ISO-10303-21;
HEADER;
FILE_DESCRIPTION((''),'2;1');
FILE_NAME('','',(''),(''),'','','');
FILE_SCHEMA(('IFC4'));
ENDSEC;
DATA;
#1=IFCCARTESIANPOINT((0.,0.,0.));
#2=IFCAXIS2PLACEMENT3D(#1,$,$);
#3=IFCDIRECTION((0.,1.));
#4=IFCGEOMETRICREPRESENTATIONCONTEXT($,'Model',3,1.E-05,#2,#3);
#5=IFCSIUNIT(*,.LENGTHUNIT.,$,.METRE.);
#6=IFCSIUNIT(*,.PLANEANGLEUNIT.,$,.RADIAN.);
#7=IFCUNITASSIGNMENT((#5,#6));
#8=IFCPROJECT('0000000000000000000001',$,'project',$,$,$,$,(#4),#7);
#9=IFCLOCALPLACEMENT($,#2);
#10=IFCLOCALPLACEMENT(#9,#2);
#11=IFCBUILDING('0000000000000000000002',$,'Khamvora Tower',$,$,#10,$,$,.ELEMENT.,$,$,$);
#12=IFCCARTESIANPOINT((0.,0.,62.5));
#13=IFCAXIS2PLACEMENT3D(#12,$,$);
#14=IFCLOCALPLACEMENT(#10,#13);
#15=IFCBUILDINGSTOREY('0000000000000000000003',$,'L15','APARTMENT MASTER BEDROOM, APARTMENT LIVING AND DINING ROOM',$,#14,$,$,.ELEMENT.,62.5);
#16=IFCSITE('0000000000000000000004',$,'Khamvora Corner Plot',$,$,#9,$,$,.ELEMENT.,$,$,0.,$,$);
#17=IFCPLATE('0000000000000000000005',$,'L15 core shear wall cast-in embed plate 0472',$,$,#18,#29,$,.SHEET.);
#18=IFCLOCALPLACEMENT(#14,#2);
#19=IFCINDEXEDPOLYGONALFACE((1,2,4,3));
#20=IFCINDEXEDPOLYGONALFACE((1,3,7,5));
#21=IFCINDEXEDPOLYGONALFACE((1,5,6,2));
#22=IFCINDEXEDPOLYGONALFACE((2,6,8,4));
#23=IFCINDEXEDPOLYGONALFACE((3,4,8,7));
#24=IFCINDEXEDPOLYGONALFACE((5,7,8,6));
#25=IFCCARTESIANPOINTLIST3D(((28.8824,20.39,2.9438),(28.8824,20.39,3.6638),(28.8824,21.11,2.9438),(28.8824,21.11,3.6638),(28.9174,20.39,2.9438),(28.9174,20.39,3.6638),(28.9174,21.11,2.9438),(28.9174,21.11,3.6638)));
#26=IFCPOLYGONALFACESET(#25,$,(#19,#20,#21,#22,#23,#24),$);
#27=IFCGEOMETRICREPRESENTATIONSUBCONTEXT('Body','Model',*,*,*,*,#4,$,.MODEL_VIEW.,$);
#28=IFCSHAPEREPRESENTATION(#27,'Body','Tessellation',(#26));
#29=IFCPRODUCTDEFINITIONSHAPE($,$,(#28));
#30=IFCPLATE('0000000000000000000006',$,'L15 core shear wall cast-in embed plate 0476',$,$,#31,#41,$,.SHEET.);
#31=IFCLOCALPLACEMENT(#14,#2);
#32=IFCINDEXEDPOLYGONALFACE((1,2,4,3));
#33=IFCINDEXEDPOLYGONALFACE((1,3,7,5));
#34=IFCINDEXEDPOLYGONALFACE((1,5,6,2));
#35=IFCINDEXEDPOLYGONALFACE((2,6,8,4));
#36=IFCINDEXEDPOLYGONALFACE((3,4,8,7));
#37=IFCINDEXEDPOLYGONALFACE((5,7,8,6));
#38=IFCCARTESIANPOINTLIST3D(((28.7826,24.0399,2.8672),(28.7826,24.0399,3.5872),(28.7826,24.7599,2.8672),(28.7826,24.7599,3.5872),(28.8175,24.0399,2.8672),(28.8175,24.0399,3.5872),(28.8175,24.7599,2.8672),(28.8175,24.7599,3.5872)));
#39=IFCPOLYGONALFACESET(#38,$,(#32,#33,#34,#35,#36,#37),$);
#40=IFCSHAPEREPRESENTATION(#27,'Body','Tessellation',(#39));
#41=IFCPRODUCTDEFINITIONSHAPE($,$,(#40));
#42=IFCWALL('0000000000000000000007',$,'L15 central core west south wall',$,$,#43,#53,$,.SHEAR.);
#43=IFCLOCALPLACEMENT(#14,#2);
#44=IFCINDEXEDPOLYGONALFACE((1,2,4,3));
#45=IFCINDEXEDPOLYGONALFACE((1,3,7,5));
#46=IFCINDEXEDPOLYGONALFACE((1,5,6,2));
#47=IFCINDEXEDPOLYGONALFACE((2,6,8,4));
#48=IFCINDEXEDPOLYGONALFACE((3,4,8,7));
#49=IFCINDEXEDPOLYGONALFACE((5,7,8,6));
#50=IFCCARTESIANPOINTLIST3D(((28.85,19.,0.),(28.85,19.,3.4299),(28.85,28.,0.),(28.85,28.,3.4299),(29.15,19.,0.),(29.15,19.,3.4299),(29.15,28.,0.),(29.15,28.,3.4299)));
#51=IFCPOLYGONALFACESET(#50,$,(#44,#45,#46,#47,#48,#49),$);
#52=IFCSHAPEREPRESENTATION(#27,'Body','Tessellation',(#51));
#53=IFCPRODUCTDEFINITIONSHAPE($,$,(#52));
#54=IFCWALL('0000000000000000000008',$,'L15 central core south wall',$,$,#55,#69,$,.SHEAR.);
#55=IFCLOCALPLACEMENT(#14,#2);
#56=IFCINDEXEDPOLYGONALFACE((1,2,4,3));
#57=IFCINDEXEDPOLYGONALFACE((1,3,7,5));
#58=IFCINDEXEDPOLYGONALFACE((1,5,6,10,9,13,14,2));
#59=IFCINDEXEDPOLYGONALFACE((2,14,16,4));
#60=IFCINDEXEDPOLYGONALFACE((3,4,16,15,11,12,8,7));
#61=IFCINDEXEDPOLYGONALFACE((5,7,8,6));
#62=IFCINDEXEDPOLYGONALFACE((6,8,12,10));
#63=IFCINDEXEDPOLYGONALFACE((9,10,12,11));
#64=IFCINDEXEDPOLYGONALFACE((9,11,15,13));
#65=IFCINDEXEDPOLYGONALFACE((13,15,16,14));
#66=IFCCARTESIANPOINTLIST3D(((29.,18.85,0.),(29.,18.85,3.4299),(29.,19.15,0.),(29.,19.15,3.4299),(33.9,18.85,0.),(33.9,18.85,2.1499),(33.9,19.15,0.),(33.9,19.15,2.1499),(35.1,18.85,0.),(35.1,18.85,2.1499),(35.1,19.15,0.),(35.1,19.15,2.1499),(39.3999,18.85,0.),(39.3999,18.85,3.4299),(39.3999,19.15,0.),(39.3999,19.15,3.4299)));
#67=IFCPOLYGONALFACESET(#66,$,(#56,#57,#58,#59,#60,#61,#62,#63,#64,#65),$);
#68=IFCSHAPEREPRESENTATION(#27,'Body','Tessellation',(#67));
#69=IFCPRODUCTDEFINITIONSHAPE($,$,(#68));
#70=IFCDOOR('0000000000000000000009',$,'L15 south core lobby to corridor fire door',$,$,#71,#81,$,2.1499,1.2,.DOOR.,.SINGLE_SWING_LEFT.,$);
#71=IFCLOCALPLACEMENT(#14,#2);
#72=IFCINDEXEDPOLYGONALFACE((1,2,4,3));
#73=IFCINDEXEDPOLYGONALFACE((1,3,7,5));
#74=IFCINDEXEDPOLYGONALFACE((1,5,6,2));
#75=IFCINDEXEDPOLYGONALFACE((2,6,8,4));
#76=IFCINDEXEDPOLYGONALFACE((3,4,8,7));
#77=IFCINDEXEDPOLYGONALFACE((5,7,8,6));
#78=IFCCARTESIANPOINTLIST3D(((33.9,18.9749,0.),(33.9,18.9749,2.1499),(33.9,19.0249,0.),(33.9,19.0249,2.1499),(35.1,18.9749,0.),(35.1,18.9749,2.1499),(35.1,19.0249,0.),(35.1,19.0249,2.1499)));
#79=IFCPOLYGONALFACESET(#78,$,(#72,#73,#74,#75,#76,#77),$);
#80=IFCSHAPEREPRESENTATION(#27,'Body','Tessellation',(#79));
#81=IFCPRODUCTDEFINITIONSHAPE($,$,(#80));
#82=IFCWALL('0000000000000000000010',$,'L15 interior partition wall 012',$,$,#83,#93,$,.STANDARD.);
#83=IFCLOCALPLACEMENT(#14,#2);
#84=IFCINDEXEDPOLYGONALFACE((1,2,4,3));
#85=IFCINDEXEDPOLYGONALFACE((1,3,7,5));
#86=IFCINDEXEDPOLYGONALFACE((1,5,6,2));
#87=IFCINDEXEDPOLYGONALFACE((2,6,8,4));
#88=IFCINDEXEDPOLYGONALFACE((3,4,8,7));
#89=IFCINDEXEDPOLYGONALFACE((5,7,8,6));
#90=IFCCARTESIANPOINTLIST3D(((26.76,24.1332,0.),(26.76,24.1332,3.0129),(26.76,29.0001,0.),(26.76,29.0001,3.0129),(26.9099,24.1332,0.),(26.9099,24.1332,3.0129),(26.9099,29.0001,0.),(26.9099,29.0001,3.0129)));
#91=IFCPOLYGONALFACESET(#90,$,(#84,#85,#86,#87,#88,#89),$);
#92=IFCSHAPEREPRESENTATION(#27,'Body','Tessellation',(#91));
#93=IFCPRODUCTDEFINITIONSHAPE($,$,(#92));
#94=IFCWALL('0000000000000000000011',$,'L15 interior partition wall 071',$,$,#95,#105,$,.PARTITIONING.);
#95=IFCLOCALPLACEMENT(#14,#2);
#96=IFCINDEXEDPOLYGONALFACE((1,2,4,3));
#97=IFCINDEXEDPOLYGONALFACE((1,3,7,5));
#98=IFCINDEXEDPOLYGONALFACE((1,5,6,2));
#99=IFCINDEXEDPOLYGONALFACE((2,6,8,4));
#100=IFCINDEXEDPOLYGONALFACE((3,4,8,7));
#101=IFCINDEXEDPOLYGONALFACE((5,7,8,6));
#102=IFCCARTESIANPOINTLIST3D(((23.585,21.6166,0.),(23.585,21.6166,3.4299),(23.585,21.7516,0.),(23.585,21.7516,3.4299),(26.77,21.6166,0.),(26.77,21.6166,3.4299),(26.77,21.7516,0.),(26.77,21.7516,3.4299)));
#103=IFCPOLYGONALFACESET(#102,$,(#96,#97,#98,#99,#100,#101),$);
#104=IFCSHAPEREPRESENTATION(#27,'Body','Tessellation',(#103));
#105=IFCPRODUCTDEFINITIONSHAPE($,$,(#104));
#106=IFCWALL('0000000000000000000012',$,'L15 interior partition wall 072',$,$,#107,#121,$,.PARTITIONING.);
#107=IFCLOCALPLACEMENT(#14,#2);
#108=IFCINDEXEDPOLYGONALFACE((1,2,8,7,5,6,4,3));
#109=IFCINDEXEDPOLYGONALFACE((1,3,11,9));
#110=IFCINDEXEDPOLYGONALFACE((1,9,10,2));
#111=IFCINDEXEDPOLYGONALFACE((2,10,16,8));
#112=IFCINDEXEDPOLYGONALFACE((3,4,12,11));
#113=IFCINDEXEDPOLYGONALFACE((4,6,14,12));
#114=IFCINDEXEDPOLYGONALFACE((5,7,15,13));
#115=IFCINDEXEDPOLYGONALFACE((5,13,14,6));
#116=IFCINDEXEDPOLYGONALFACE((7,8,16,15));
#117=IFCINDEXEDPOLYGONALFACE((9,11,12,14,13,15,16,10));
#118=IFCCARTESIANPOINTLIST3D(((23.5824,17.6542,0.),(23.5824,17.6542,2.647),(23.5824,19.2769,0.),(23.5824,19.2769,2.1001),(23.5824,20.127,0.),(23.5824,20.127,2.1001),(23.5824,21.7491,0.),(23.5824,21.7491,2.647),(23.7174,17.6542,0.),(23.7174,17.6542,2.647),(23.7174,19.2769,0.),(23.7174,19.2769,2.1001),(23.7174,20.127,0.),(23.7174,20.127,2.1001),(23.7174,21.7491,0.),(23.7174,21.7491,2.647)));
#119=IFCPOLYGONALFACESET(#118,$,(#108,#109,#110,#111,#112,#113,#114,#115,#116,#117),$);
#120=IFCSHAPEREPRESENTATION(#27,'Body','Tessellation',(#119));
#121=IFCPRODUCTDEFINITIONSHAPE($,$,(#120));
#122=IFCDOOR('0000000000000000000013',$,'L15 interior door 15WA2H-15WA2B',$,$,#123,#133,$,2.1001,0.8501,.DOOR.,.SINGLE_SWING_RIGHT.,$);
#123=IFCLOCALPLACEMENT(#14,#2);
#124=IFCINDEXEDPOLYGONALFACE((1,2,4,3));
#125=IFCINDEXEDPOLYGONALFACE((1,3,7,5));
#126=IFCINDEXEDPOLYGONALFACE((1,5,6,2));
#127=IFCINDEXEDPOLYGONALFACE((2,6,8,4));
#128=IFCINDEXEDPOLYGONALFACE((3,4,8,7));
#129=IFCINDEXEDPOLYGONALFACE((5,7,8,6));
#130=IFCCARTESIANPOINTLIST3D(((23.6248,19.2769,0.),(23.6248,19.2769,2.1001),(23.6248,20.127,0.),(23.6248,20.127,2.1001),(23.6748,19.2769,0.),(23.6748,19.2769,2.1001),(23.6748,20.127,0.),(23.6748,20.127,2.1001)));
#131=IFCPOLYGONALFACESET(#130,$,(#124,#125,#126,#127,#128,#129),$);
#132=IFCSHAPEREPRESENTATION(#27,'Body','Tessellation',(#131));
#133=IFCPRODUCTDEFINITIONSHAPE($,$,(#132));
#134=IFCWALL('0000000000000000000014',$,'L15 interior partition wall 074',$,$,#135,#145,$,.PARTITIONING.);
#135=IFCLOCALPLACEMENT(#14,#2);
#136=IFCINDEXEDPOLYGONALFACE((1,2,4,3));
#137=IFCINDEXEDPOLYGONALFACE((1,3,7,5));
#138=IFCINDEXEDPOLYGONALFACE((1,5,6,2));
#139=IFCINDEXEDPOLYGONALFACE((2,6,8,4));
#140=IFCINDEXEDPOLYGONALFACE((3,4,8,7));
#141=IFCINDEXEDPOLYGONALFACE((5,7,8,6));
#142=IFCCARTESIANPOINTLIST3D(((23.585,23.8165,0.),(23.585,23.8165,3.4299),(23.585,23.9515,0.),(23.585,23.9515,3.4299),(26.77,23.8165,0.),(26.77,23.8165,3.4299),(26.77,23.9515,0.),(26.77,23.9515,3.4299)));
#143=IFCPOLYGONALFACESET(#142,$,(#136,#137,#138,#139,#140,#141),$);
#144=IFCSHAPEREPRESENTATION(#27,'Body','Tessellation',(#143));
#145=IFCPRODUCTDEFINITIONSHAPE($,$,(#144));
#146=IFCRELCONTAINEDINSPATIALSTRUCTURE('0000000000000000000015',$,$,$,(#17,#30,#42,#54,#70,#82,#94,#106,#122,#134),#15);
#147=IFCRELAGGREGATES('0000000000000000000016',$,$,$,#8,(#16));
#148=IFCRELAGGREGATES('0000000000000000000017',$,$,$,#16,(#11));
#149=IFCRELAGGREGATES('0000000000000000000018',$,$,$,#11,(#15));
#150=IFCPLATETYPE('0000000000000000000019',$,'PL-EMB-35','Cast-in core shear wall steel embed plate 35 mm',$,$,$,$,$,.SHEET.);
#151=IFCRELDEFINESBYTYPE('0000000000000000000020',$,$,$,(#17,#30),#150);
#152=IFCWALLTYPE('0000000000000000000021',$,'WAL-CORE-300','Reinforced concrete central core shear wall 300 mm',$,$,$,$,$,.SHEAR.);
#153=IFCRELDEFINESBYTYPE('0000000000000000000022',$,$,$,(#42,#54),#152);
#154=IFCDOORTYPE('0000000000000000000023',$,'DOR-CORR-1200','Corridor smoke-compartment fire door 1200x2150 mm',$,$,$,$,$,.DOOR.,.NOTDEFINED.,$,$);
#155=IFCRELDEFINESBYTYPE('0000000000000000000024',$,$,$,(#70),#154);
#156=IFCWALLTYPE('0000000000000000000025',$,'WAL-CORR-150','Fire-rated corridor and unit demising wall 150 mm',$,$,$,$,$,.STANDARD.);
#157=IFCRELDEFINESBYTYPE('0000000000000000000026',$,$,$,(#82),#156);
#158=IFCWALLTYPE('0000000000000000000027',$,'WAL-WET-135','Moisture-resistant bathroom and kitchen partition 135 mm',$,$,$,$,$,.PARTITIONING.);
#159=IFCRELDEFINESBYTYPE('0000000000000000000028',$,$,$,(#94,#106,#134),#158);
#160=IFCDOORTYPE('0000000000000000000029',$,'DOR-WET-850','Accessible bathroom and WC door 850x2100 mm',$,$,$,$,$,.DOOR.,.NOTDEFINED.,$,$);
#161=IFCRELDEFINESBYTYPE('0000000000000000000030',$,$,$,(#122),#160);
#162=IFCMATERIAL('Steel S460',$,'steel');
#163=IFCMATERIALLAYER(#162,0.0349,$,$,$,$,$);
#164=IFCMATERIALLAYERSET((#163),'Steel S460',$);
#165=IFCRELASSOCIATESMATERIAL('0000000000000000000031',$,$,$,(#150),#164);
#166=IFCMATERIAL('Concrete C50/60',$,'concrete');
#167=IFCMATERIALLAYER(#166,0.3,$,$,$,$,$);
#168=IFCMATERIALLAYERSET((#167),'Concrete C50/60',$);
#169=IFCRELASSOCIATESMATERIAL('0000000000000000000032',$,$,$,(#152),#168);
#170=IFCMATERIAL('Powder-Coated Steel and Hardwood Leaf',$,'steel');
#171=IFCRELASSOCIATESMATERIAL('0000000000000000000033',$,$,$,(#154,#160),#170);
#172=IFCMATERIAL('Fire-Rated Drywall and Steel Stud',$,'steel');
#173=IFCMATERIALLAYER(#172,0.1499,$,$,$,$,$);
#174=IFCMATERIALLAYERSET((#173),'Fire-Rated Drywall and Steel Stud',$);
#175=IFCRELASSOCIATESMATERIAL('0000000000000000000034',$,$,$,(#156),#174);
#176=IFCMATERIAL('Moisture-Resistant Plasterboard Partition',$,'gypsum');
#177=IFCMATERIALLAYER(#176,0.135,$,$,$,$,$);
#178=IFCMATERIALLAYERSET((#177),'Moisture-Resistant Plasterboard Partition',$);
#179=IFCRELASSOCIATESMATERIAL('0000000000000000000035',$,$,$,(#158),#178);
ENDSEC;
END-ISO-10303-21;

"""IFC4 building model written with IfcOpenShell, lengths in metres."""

from ifc_helpers import new_model, si_unit, direction, frame, frame_2d, origin, origin_2d, place, context, subcontext, project, spatial, rectangle, extrude, material, layer, layer_set, type_object, element, fill, save


model = new_model("IFC4")

# Units and contexts
model_context = context("Model", 3, precision=1e-05, world=origin(), true_north=direction((0.0, 1.0)))
body_context = subcontext(model_context, "Body", "Model", "MODEL_VIEW")
ifc_project = project(units=[si_unit("LENGTHUNIT", "METRE"), si_unit("PLANEANGLEUNIT", "RADIAN")], contexts=[model_context])

# Site, building, storey
site_placement = place(None, origin())
site = spatial("IfcSite", under=ifc_project, at=site_placement, Name="Khamvora Corner Plot", CompositionType="ELEMENT", RefElevation=0.0)
building_placement = place(site_placement, origin())
building = spatial("IfcBuilding", under=site, at=building_placement, Name="Khamvora Tower", CompositionType="ELEMENT")
storey_placement = place(building_placement, frame((0.0, 0.0, 62.5)))
storey = spatial("IfcBuildingStorey", under=building, at=storey_placement, Name="L15", Description="APARTMENT MASTER BEDROOM, APARTMENT LIVING AND DINING ROOM", CompositionType="ELEMENT", Elevation=62.5)

# Shared definitions
ifc_material_1 = material(Name="Steel S460", Category="steel")

# Plates
ifc_layer_1 = layer(ifc_material_1, 0.0349)
ifc_layer_set_1 = layer_set([ifc_layer_1], Name="Steel S460")
plate_type = type_object("IfcPlateType", Name="PL-EMB-35", Description="Cast-in core shear wall steel embed plate 35 mm", PredefinedType="SHEET", material=ifc_layer_set_1)
for number, where, z_axis, x_axis, name in (
    (1, (28.8999, 20.75, 2.9438), (0.0, 0.0, 1.0), (1.0, 0.0, 0.0), "L15 core shear wall cast-in embed plate 0472"),
    (2, (28.8, 24.3999, 2.8672), (0.0, 0.0, 1.0), (1.0, 0.0, 0.0), "L15 core shear wall cast-in embed plate 0476"),
):
    element("IfcPlate", number, at=place(storey_placement, frame(where, z_axis=z_axis, x_axis=x_axis)), inside=storey, type_object=plate_type, Name=name, PredefinedType="SHEET", context=body_context, shape_type="SweptSolid", body=[
        extrude(rectangle(XDim=0.0349, YDim=0.72, at=origin_2d()), origin(), (0.0, 0.0, 1.0), 0.72),
    ])

# Wall
ifc_material_2 = material(Name="Concrete C50/60", Category="concrete")
ifc_layer_2 = layer(ifc_material_2, 0.3)
ifc_layer_set_2 = layer_set([ifc_layer_2], Name="Concrete C50/60")
wall_type_1 = type_object("IfcWallType", Name="WAL-CORE-300", Description="Reinforced concrete central core shear wall 300 mm", PredefinedType="SHEAR", material=ifc_layer_set_2)
wall_1_placement = place(storey_placement, frame((29.0, 19.0, 0.0), z_axis=(0.0, 0.0, 1.0), x_axis=(0.0, 1.0, 0.0)))
element("IfcWall", 3, at=wall_1_placement, inside=storey, type_object=wall_type_1, Name="L15 central core west south wall", PredefinedType="SHEAR", context=body_context, shape_type="SweptSolid", body=[
    extrude(rectangle(XDim=9.0, YDim=0.3, at=frame_2d((4.5, 0.0))), origin(), (0.0, 0.0, 1.0), 3.4299),
])

# Wall, opening, door
wall_2_placement = place(storey_placement, frame((29.0, 19.0, 0.0), z_axis=(0.0, 0.0, 1.0), x_axis=(1.0, 0.0, 0.0)))
wall_2 = element("IfcWall", 4, at=wall_2_placement, inside=storey, type_object=wall_type_1, Name="L15 central core south wall", PredefinedType="SHEAR", context=body_context, shape_type="SweptSolid", body=[
    extrude(rectangle(XDim=10.3999, YDim=0.3, at=frame_2d((5.2, 0.0))), origin(), (0.0, 0.0, 1.0), 3.4299),
])
opening_1_placement = place(wall_2_placement, frame((4.8999, 0.0, 0.0)))
opening_1 = element("IfcOpeningElement", 5, at=opening_1_placement, cuts=wall_2, PredefinedType="OPENING", context=body_context, shape_type="SweptSolid", body=[
    extrude(rectangle(XDim=1.2, YDim=2.1499, at=frame_2d((0.6001, 1.075))), frame((0.0, 0.1599, 0.0), z_axis=(0.0, -1.0, 0.0), x_axis=(1.0, 0.0, 0.0)), (0.0, 0.0, 1.0), 0.3201),
])
ifc_material_3 = material(Name="Powder-Coated Steel and Hardwood Leaf", Category="steel")
door_type_1 = type_object("IfcDoorType", Name="DOR-CORR-1200", Description="Corridor smoke-compartment fire door 1200x2150 mm", OperationType="NOTDEFINED", PredefinedType="DOOR", material=ifc_material_3)
door_1_placement = place(opening_1_placement, origin())
door_1 = element("IfcDoor", 6, at=door_1_placement, inside=storey, type_object=door_type_1, Name="L15 south core lobby to corridor fire door", OperationType="SINGLE_SWING_LEFT", OverallHeight=2.1499, OverallWidth=1.2, PredefinedType="DOOR", context=body_context, shape_type="SweptSolid", body=[
    extrude(rectangle(XDim=1.2, YDim=2.1499, at=frame_2d((0.6001, 1.075))), frame((0.0, 0.0249, 0.0), z_axis=(0.0, -1.0, 0.0), x_axis=(1.0, 0.0, 0.0)), (0.0, 0.0, 1.0), 0.05),
])
fill(opening_1, door_1)
ifc_material_4 = material(Name="Fire-Rated Drywall and Steel Stud", Category="steel")
ifc_layer_3 = layer(ifc_material_4, 0.1499)
ifc_layer_set_3 = layer_set([ifc_layer_3], Name="Fire-Rated Drywall and Steel Stud")
wall_type_2 = type_object("IfcWallType", Name="WAL-CORR-150", Description="Fire-rated corridor and unit demising wall 150 mm", PredefinedType="STANDARD", material=ifc_layer_set_3)

# Walls
wall_3_placement = place(storey_placement, frame((26.835, 24.1331, 0.0), z_axis=(0.0, 0.0, 1.0), x_axis=(0.0, 1.0, 0.0)))
element("IfcWall", 7, at=wall_3_placement, inside=storey, type_object=wall_type_2, Name="L15 interior partition wall 012", PredefinedType="STANDARD", context=body_context, shape_type="SweptSolid", body=[
    extrude(rectangle(XDim=4.8669, YDim=0.1499, at=frame_2d((2.4336, 0.0))), origin(), (0.0, 0.0, 1.0), 3.0129),
])
ifc_material_5 = material(Name="Moisture-Resistant Plasterboard Partition", Category="gypsum")
ifc_layer_4 = layer(ifc_material_5, 0.135)
ifc_layer_set_4 = layer_set([ifc_layer_4], Name="Moisture-Resistant Plasterboard Partition")
wall_type_3 = type_object("IfcWallType", Name="WAL-WET-135", Description="Moisture-resistant bathroom and kitchen partition 135 mm", PredefinedType="PARTITIONING", material=ifc_layer_set_4)
wall_4_placement = place(storey_placement, frame((26.77, 21.6841, 0.0), z_axis=(0.0, 0.0, 1.0), x_axis=(-1.0, 0.0, 0.0)))
element("IfcWall", 8, at=wall_4_placement, inside=storey, type_object=wall_type_3, Name="L15 interior partition wall 071", PredefinedType="PARTITIONING", context=body_context, shape_type="SweptSolid", body=[
    extrude(rectangle(XDim=3.1851, YDim=0.135, at=frame_2d((1.5925, 0.0))), origin(), (0.0, 0.0, 1.0), 3.4299),
])

# Wall, opening, door
wall_5_placement = place(storey_placement, frame((23.6499, 21.749, 0.0), z_axis=(0.0, 0.0, 1.0), x_axis=(0.0, -1.0, 0.0)))
wall_5 = element("IfcWall", 9, at=wall_5_placement, inside=storey, type_object=wall_type_3, Name="L15 interior partition wall 072", PredefinedType="PARTITIONING", context=body_context, shape_type="SweptSolid", body=[
    extrude(rectangle(XDim=4.095, YDim=0.135, at=frame_2d((2.0474, 0.0))), origin(), (0.0, 0.0, 1.0), 2.647),
])
opening_2_placement = place(wall_5_placement, frame((1.6221, 0.0, 0.0)))
opening_2 = element("IfcOpeningElement", 10, at=opening_2_placement, cuts=wall_5, PredefinedType="OPENING", context=body_context, shape_type="SweptSolid", body=[
    extrude(rectangle(XDim=0.8501, YDim=2.1001, at=frame_2d((0.425, 1.05))), frame((0.0, 0.0774, 0.0), z_axis=(0.0, -1.0, 0.0), x_axis=(1.0, 0.0, 0.0)), (0.0, 0.0, 1.0), 0.155),
])
door_type_2 = type_object("IfcDoorType", Name="DOR-WET-850", Description="Accessible bathroom and WC door 850x2100 mm", OperationType="NOTDEFINED", PredefinedType="DOOR", material=ifc_material_3)
door_2_placement = place(opening_2_placement, origin())
door_2 = element("IfcDoor", 11, at=door_2_placement, inside=storey, type_object=door_type_2, Name="L15 interior door 15WA2H-15WA2B", OperationType="SINGLE_SWING_RIGHT", OverallHeight=2.1001, OverallWidth=0.8501, PredefinedType="DOOR", context=body_context, shape_type="SweptSolid", body=[
    extrude(rectangle(XDim=0.8501, YDim=2.1001, at=frame_2d((0.425, 1.05))), frame((0.0, 0.0249, 0.0), z_axis=(0.0, -1.0, 0.0), x_axis=(1.0, 0.0, 0.0)), (0.0, 0.0, 1.0), 0.05),
])
fill(opening_2, door_2)

# Wall
wall_6_placement = place(storey_placement, frame((23.585, 23.884, 0.0), z_axis=(0.0, 0.0, 1.0), x_axis=(1.0, 0.0, 0.0)))
element("IfcWall", 12, at=wall_6_placement, inside=storey, type_object=wall_type_3, Name="L15 interior partition wall 074", PredefinedType="PARTITIONING", context=body_context, shape_type="SweptSolid", body=[
    extrude(rectangle(XDim=3.1851, YDim=0.135, at=frame_2d((1.5925, 0.0))), origin(), (0.0, 0.0, 1.0), 3.4299),
])

save(model, "model.ifc")
